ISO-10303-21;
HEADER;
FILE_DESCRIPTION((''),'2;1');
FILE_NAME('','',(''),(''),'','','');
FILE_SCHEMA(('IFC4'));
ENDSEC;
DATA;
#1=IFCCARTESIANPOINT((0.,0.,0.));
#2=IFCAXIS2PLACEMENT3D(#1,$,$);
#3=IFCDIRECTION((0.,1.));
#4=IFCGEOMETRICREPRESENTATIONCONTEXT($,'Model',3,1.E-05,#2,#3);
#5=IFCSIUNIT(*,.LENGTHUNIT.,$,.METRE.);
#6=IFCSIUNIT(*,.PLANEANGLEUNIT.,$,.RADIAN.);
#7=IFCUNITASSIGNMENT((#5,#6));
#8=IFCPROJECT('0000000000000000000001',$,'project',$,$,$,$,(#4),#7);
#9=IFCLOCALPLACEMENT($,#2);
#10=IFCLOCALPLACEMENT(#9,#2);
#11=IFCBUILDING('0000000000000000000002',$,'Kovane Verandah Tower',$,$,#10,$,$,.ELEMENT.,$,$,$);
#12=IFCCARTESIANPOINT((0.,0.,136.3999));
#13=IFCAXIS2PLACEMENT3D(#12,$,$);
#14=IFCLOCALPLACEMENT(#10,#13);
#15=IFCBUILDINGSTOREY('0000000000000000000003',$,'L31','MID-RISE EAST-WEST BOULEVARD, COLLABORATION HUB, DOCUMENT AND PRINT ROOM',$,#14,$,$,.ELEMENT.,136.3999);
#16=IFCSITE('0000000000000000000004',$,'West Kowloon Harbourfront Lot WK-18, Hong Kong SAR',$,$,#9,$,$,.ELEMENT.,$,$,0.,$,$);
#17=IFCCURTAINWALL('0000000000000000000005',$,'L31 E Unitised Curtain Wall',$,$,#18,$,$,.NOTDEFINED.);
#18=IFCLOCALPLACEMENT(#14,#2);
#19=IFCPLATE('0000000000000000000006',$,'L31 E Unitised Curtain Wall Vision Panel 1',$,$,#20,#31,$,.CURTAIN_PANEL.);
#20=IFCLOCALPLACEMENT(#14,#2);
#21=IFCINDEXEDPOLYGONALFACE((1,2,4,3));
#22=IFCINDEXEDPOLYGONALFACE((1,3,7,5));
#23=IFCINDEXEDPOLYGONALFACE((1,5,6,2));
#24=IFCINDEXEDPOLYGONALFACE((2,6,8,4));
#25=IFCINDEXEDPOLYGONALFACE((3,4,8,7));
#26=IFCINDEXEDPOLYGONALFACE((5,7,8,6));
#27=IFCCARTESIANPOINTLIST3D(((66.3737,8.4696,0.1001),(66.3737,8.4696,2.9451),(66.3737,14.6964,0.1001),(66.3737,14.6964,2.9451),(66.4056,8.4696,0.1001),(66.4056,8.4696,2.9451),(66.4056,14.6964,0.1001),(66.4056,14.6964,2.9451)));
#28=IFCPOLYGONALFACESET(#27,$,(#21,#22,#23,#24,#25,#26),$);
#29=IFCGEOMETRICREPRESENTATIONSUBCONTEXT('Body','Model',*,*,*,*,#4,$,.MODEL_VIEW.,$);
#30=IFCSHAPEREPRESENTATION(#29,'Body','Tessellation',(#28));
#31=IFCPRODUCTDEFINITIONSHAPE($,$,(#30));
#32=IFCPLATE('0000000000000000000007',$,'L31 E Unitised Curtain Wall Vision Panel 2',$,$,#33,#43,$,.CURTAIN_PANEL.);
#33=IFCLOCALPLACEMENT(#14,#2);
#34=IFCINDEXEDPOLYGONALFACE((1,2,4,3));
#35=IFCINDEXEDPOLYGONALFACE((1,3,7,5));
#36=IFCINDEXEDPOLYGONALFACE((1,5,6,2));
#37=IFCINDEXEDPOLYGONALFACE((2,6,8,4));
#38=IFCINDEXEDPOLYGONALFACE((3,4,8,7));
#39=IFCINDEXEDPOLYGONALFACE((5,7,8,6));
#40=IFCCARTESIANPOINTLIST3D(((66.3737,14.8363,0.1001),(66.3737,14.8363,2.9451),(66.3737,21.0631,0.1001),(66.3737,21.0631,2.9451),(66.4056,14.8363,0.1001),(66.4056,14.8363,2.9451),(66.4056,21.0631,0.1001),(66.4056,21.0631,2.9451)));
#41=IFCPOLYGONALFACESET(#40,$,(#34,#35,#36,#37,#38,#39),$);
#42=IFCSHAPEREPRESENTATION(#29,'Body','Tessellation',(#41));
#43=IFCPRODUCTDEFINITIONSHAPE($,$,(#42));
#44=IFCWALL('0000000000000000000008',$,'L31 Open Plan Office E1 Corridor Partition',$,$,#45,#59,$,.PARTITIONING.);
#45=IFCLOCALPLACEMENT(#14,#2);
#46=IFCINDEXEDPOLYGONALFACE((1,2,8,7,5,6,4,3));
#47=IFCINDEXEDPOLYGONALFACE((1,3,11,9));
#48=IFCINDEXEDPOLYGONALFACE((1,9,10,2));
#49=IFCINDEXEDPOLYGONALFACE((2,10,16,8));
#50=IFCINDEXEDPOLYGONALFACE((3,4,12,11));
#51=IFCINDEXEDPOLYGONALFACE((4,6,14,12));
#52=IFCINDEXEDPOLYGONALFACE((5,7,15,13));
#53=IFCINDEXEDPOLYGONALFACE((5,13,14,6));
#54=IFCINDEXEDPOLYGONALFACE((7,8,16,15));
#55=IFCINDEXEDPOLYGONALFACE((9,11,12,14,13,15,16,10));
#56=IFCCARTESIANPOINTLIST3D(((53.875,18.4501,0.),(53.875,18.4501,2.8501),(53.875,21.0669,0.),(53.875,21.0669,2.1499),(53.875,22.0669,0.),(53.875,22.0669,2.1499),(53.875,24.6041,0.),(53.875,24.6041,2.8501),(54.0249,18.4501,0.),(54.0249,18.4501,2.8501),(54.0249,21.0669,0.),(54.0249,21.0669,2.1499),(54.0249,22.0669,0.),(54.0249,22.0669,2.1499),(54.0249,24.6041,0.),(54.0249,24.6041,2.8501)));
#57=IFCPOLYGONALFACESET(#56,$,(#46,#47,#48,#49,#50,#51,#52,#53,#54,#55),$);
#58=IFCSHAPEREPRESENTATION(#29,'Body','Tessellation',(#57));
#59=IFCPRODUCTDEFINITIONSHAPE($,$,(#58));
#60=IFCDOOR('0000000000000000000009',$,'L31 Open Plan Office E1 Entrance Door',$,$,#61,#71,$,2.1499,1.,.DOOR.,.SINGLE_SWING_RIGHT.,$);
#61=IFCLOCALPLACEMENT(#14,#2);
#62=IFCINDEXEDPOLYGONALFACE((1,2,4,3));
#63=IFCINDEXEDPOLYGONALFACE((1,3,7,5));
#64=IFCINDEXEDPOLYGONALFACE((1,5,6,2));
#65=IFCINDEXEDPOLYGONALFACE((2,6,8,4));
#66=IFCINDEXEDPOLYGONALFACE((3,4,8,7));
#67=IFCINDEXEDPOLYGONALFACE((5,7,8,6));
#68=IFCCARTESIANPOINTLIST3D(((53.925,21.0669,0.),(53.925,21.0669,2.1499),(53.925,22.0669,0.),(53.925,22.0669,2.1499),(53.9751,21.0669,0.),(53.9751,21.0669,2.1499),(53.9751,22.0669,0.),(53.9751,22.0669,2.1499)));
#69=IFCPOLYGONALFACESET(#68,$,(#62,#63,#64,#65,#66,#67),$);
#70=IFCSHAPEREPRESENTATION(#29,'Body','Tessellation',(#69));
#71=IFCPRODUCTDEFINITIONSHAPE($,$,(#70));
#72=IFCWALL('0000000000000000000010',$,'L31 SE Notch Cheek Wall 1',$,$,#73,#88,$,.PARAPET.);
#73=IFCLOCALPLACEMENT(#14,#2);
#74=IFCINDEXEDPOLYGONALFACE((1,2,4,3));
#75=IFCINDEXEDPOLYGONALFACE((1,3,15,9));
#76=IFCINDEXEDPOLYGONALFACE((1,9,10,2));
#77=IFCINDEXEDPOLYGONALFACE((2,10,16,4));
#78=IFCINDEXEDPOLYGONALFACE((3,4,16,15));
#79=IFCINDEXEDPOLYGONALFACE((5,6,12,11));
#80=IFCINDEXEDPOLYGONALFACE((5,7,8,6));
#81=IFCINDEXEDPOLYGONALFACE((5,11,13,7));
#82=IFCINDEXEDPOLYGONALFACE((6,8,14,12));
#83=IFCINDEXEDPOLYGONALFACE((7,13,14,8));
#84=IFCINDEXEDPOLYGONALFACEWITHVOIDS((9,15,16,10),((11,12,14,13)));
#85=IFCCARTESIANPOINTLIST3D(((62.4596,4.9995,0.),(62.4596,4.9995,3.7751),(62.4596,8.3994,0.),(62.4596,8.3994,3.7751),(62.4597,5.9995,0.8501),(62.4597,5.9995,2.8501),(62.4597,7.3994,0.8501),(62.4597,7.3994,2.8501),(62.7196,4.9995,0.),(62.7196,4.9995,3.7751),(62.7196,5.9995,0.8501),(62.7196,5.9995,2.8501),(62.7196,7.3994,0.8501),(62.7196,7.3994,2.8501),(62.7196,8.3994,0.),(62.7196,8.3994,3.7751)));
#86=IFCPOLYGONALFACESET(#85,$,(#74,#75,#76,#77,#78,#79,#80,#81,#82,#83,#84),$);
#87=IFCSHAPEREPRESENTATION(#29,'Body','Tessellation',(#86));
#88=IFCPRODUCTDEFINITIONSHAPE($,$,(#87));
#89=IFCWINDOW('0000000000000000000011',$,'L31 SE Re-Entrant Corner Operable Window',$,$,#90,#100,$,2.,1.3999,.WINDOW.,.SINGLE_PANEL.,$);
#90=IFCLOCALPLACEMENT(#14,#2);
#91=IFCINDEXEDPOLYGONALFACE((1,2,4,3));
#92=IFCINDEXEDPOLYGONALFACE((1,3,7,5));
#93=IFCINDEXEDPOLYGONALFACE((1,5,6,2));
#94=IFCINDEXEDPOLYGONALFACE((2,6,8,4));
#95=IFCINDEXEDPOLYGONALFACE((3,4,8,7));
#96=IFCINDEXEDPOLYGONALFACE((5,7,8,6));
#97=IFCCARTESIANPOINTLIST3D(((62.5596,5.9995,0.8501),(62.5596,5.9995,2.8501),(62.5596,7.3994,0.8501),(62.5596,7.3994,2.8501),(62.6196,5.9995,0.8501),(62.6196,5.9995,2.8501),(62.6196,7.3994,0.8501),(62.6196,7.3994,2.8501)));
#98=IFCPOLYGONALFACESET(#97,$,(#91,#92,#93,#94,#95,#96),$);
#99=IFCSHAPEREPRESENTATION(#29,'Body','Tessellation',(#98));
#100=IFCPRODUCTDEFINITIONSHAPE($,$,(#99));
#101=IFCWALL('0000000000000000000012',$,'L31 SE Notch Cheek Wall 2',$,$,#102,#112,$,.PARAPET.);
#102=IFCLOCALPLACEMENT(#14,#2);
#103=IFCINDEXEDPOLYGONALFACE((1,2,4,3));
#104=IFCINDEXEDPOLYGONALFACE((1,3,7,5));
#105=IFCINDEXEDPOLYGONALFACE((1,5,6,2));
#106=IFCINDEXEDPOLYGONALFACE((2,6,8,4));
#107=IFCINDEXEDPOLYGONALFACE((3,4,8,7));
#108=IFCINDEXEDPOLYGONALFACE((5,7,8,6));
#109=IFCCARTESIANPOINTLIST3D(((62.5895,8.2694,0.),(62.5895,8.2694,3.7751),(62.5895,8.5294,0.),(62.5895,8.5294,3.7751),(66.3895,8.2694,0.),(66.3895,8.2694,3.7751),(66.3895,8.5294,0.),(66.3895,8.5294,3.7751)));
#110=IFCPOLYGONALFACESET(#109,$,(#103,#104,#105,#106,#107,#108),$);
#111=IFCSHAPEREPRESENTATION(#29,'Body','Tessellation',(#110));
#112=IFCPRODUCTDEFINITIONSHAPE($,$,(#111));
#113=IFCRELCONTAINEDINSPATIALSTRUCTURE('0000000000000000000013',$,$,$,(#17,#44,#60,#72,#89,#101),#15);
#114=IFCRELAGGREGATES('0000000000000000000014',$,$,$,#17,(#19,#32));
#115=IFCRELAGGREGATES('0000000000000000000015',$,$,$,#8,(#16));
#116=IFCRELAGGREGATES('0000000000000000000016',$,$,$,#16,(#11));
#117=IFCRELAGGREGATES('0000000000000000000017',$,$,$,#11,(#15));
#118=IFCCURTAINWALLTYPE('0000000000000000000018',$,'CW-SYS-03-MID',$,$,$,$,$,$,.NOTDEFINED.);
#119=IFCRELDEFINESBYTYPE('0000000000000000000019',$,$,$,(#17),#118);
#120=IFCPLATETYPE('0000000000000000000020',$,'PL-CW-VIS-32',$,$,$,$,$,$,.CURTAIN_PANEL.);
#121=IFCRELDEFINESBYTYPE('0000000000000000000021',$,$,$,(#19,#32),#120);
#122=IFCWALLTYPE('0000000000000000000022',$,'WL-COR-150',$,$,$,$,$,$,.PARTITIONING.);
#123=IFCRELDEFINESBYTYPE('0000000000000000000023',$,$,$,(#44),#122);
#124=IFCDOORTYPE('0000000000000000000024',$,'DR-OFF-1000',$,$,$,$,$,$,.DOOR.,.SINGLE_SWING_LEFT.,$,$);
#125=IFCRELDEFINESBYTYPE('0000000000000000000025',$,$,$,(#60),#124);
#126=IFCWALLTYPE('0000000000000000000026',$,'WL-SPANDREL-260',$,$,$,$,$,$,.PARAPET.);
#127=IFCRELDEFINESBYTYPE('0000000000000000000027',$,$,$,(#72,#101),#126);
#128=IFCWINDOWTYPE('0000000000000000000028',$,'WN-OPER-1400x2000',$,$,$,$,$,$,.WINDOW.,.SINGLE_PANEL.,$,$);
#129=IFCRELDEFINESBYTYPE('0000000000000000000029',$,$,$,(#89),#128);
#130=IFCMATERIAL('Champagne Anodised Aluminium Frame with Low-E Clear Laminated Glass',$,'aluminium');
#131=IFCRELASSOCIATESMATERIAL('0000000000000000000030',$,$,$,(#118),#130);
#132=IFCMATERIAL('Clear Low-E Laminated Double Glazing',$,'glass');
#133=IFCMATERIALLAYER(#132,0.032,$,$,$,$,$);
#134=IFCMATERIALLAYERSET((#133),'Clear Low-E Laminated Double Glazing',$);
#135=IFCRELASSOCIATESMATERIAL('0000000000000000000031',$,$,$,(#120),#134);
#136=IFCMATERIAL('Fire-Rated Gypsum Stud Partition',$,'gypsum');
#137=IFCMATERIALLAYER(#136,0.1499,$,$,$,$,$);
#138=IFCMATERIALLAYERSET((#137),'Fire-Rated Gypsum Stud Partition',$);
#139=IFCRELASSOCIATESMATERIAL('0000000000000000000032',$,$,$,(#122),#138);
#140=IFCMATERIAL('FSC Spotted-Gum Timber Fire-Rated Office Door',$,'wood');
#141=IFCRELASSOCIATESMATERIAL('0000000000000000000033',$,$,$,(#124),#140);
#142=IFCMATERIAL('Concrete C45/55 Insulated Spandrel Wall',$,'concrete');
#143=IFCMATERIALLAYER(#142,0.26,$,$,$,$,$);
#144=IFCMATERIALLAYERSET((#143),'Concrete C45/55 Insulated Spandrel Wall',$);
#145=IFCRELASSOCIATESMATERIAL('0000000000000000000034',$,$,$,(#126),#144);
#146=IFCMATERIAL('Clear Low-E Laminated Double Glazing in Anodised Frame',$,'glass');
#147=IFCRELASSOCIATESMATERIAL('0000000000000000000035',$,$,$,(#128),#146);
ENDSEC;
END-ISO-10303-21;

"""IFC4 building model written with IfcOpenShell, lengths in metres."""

from ifc_helpers import new_model, si_unit, direction, frame, frame_2d, origin, origin_2d, place, context, subcontext, project, spatial, rectangle, extrude, material, layer, layer_set, type_object, element, fill, aggregate, save


model = new_model("IFC4")

# Units and contexts
model_context = context("Model", 3, precision=1e-05, world=origin(), true_north=direction((0.0, 1.0)))
body_context = subcontext(model_context, "Body", "Model", "MODEL_VIEW")
ifc_project = project(units=[si_unit("LENGTHUNIT", "METRE"), si_unit("PLANEANGLEUNIT", "RADIAN")], contexts=[model_context])

# Site, building, storey
site_placement = place(None, origin())
site = spatial("IfcSite", under=ifc_project, at=site_placement, Name="West Kowloon Harbourfront Lot WK-18, Hong Kong SAR", CompositionType="ELEMENT", RefElevation=0.0)
building_placement = place(site_placement, origin())
building = spatial("IfcBuilding", under=site, at=building_placement, Name="Kovane Verandah Tower", CompositionType="ELEMENT")
storey_placement = place(building_placement, frame((0.0, 0.0, 136.3999)))
storey = spatial("IfcBuildingStorey", under=building, at=storey_placement, Name="L31", Description="MID-RISE EAST-WEST BOULEVARD, COLLABORATION HUB, DOCUMENT AND PRINT ROOM", CompositionType="ELEMENT", Elevation=136.3999)

# Curtain wall
ifc_material_1 = material(Name="Champagne Anodised Aluminium Frame with Low-E Clear Laminated Glass", Category="aluminium")
curtain_wall_type = type_object("IfcCurtainWallType", Name="CW-SYS-03-MID", PredefinedType="NOTDEFINED", material=ifc_material_1)
curtain_wall_placement = place(storey_placement, origin())
curtain_wall = element("IfcCurtainWall", 1, at=curtain_wall_placement, inside=storey, type_object=curtain_wall_type, Name="L31 E Unitised Curtain Wall", PredefinedType="NOTDEFINED")

# Plates
ifc_material_2 = material(Name="Clear Low-E Laminated Double Glazing", Category="glass")
ifc_layer_1 = layer(ifc_material_2, 0.032)
ifc_layer_set_1 = layer_set([ifc_layer_1], Name="Clear Low-E Laminated Double Glazing")
plate_type_1 = type_object("IfcPlateType", Name="PL-CW-VIS-32", PredefinedType="CURTAIN_PANEL", material=ifc_layer_set_1)
plate_1_placement = place(storey_placement, frame((66.3896, 11.583, 0.1001), z_axis=(0.0, 0.0, 1.0), x_axis=(0.0, 1.0, 0.0)))
plate_1 = element("IfcPlate", 2, at=plate_1_placement, type_object=plate_type_1, Name="L31 E Unitised Curtain Wall Vision Panel 1", PredefinedType="CURTAIN_PANEL", context=body_context, shape_type="SweptSolid", body=[
    extrude(rectangle(XDim=6.2268, YDim=0.032, at=origin_2d()), origin(), (0.0, 0.0, 1.0), 2.845),
])
plate_2_placement = place(storey_placement, frame((66.3896, 17.9497, 0.1001), z_axis=(0.0, 0.0, 1.0), x_axis=(0.0, 1.0, 0.0)))
plate_2 = element("IfcPlate", 3, at=plate_2_placement, type_object=plate_type_1, Name="L31 E Unitised Curtain Wall Vision Panel 2", PredefinedType="CURTAIN_PANEL", context=body_context, shape_type="SweptSolid", body=[
    extrude(rectangle(XDim=6.2268, YDim=0.032, at=origin_2d()), origin(), (0.0, 0.0, 1.0), 2.845),
])
aggregate(curtain_wall, [plate_1, plate_2])

# Wall, opening, door
ifc_material_3 = material(Name="Fire-Rated Gypsum Stud Partition", Category="gypsum")
ifc_layer_2 = layer(ifc_material_3, 0.1499)
ifc_layer_set_2 = layer_set([ifc_layer_2], Name="Fire-Rated Gypsum Stud Partition")
wall_type_1 = type_object("IfcWallType", Name="WL-COR-150", PredefinedType="PARTITIONING", material=ifc_layer_set_2)
wall_1_placement = place(storey_placement, frame((53.95, 18.45, 0.0), z_axis=(0.0, 0.0, 1.0), x_axis=(0.0, 1.0, 0.0)))
wall_1 = element("IfcWall", 4, at=wall_1_placement, inside=storey, type_object=wall_type_1, Name="L31 Open Plan Office E1 Corridor Partition", PredefinedType="PARTITIONING", context=body_context, shape_type="SweptSolid", body=[
    extrude(rectangle(XDim=6.1541, YDim=0.1499, at=frame_2d((3.0771, 0.0))), origin(), (0.0, 0.0, 1.0), 2.8501),
])
opening_1_placement = place(wall_1_placement, frame((2.6169, 0.0, 0.0)))
opening_1 = element("IfcOpeningElement", 5, at=opening_1_placement, cuts=wall_1, PredefinedType="OPENING", context=body_context, shape_type="SweptSolid", body=[
    extrude(rectangle(XDim=1.0, YDim=2.1499, at=frame_2d((0.5, 1.075))), frame((0.0, 0.075, 0.0), z_axis=(0.0, -1.0, 0.0), x_axis=(1.0, 0.0, 0.0)), (0.0, 0.0, 1.0), 0.1499),
])
ifc_material_4 = material(Name="FSC Spotted-Gum Timber Fire-Rated Office Door", Category="wood")
door_type = type_object("IfcDoorType", Name="DR-OFF-1000", OperationType="SINGLE_SWING_LEFT", PredefinedType="DOOR", material=ifc_material_4)
door_placement = place(opening_1_placement, origin())
door = element("IfcDoor", 6, at=door_placement, inside=storey, type_object=door_type, Name="L31 Open Plan Office E1 Entrance Door", OperationType="SINGLE_SWING_RIGHT", OverallHeight=2.1499, OverallWidth=1.0, PredefinedType="DOOR", context=body_context, shape_type="SweptSolid", body=[
    extrude(rectangle(XDim=1.0, YDim=2.1499, at=frame_2d((0.5, 1.075))), frame((0.0, 0.0249, 0.0), z_axis=(0.0, -1.0, 0.0), x_axis=(1.0, 0.0, 0.0)), (0.0, 0.0, 1.0), 0.05),
])
fill(opening_1, door)

# Wall, opening, window
ifc_material_5 = material(Name="Concrete C45/55 Insulated Spandrel Wall", Category="concrete")
ifc_layer_3 = layer(ifc_material_5, 0.26)
ifc_layer_set_3 = layer_set([ifc_layer_3], Name="Concrete C45/55 Insulated Spandrel Wall")
wall_type_2 = type_object("IfcWallType", Name="WL-SPANDREL-260", PredefinedType="PARAPET", material=ifc_layer_set_3)
wall_2_placement = place(storey_placement, frame((62.5896, 4.9995, 0.0), z_axis=(0.0, 0.0, 1.0), x_axis=(0.0, 1.0, 0.0)))
wall_2 = element("IfcWall", 7, at=wall_2_placement, inside=storey, type_object=wall_type_2, Name="L31 SE Notch Cheek Wall 1", PredefinedType="PARAPET", context=body_context, shape_type="SweptSolid", body=[
    extrude(rectangle(XDim=3.3999, YDim=0.26, at=frame_2d((1.7, 0.0))), origin(), (0.0, 0.0, 1.0), 3.7751),
])
opening_2_placement = place(wall_2_placement, frame((1.0, 0.0, 0.8501)))
opening_2 = element("IfcOpeningElement", 8, at=opening_2_placement, cuts=wall_2, PredefinedType="OPENING", context=body_context, shape_type="SweptSolid", body=[
    extrude(rectangle(XDim=1.3999, YDim=2.0, at=frame_2d((0.7, 1.0))), frame((0.0, 0.1299, 0.0), z_axis=(0.0, -1.0, 0.0), x_axis=(1.0, 0.0, 0.0)), (0.0, 0.0, 1.0), 0.26),
])
ifc_material_6 = material(Name="Clear Low-E Laminated Double Glazing in Anodised Frame", Category="glass")
window_type = type_object("IfcWindowType", Name="WN-OPER-1400x2000", PartitioningType="SINGLE_PANEL", PredefinedType="WINDOW", material=ifc_material_6)
window_placement = place(opening_2_placement, origin())
window = element("IfcWindow", 9, at=window_placement, inside=storey, type_object=window_type, Name="L31 SE Re-Entrant Corner Operable Window", OverallHeight=2.0, OverallWidth=1.3999, PartitioningType="SINGLE_PANEL", PredefinedType="WINDOW", context=body_context, shape_type="SweptSolid", body=[
    extrude(rectangle(XDim=1.3999, YDim=2.0, at=frame_2d((0.7, 1.0))), frame((0.0, 0.03, 0.0), z_axis=(0.0, -1.0, 0.0), x_axis=(1.0, 0.0, 0.0)), (0.0, 0.0, 1.0), 0.0601),
])
fill(opening_2, window)

# Wall
wall_3_placement = place(storey_placement, frame((62.5896, 8.3994, 0.0), z_axis=(0.0, 0.0, 1.0), x_axis=(1.0, 0.0, 0.0)))
element("IfcWall", 10, at=wall_3_placement, inside=storey, type_object=wall_type_2, Name="L31 SE Notch Cheek Wall 2", PredefinedType="PARAPET", context=body_context, shape_type="SweptSolid", body=[
    extrude(rectangle(XDim=3.8, YDim=0.26, at=frame_2d((1.8999, 0.0))), origin(), (0.0, 0.0, 1.0), 3.7751),
])

save(model, "model.ifc")
